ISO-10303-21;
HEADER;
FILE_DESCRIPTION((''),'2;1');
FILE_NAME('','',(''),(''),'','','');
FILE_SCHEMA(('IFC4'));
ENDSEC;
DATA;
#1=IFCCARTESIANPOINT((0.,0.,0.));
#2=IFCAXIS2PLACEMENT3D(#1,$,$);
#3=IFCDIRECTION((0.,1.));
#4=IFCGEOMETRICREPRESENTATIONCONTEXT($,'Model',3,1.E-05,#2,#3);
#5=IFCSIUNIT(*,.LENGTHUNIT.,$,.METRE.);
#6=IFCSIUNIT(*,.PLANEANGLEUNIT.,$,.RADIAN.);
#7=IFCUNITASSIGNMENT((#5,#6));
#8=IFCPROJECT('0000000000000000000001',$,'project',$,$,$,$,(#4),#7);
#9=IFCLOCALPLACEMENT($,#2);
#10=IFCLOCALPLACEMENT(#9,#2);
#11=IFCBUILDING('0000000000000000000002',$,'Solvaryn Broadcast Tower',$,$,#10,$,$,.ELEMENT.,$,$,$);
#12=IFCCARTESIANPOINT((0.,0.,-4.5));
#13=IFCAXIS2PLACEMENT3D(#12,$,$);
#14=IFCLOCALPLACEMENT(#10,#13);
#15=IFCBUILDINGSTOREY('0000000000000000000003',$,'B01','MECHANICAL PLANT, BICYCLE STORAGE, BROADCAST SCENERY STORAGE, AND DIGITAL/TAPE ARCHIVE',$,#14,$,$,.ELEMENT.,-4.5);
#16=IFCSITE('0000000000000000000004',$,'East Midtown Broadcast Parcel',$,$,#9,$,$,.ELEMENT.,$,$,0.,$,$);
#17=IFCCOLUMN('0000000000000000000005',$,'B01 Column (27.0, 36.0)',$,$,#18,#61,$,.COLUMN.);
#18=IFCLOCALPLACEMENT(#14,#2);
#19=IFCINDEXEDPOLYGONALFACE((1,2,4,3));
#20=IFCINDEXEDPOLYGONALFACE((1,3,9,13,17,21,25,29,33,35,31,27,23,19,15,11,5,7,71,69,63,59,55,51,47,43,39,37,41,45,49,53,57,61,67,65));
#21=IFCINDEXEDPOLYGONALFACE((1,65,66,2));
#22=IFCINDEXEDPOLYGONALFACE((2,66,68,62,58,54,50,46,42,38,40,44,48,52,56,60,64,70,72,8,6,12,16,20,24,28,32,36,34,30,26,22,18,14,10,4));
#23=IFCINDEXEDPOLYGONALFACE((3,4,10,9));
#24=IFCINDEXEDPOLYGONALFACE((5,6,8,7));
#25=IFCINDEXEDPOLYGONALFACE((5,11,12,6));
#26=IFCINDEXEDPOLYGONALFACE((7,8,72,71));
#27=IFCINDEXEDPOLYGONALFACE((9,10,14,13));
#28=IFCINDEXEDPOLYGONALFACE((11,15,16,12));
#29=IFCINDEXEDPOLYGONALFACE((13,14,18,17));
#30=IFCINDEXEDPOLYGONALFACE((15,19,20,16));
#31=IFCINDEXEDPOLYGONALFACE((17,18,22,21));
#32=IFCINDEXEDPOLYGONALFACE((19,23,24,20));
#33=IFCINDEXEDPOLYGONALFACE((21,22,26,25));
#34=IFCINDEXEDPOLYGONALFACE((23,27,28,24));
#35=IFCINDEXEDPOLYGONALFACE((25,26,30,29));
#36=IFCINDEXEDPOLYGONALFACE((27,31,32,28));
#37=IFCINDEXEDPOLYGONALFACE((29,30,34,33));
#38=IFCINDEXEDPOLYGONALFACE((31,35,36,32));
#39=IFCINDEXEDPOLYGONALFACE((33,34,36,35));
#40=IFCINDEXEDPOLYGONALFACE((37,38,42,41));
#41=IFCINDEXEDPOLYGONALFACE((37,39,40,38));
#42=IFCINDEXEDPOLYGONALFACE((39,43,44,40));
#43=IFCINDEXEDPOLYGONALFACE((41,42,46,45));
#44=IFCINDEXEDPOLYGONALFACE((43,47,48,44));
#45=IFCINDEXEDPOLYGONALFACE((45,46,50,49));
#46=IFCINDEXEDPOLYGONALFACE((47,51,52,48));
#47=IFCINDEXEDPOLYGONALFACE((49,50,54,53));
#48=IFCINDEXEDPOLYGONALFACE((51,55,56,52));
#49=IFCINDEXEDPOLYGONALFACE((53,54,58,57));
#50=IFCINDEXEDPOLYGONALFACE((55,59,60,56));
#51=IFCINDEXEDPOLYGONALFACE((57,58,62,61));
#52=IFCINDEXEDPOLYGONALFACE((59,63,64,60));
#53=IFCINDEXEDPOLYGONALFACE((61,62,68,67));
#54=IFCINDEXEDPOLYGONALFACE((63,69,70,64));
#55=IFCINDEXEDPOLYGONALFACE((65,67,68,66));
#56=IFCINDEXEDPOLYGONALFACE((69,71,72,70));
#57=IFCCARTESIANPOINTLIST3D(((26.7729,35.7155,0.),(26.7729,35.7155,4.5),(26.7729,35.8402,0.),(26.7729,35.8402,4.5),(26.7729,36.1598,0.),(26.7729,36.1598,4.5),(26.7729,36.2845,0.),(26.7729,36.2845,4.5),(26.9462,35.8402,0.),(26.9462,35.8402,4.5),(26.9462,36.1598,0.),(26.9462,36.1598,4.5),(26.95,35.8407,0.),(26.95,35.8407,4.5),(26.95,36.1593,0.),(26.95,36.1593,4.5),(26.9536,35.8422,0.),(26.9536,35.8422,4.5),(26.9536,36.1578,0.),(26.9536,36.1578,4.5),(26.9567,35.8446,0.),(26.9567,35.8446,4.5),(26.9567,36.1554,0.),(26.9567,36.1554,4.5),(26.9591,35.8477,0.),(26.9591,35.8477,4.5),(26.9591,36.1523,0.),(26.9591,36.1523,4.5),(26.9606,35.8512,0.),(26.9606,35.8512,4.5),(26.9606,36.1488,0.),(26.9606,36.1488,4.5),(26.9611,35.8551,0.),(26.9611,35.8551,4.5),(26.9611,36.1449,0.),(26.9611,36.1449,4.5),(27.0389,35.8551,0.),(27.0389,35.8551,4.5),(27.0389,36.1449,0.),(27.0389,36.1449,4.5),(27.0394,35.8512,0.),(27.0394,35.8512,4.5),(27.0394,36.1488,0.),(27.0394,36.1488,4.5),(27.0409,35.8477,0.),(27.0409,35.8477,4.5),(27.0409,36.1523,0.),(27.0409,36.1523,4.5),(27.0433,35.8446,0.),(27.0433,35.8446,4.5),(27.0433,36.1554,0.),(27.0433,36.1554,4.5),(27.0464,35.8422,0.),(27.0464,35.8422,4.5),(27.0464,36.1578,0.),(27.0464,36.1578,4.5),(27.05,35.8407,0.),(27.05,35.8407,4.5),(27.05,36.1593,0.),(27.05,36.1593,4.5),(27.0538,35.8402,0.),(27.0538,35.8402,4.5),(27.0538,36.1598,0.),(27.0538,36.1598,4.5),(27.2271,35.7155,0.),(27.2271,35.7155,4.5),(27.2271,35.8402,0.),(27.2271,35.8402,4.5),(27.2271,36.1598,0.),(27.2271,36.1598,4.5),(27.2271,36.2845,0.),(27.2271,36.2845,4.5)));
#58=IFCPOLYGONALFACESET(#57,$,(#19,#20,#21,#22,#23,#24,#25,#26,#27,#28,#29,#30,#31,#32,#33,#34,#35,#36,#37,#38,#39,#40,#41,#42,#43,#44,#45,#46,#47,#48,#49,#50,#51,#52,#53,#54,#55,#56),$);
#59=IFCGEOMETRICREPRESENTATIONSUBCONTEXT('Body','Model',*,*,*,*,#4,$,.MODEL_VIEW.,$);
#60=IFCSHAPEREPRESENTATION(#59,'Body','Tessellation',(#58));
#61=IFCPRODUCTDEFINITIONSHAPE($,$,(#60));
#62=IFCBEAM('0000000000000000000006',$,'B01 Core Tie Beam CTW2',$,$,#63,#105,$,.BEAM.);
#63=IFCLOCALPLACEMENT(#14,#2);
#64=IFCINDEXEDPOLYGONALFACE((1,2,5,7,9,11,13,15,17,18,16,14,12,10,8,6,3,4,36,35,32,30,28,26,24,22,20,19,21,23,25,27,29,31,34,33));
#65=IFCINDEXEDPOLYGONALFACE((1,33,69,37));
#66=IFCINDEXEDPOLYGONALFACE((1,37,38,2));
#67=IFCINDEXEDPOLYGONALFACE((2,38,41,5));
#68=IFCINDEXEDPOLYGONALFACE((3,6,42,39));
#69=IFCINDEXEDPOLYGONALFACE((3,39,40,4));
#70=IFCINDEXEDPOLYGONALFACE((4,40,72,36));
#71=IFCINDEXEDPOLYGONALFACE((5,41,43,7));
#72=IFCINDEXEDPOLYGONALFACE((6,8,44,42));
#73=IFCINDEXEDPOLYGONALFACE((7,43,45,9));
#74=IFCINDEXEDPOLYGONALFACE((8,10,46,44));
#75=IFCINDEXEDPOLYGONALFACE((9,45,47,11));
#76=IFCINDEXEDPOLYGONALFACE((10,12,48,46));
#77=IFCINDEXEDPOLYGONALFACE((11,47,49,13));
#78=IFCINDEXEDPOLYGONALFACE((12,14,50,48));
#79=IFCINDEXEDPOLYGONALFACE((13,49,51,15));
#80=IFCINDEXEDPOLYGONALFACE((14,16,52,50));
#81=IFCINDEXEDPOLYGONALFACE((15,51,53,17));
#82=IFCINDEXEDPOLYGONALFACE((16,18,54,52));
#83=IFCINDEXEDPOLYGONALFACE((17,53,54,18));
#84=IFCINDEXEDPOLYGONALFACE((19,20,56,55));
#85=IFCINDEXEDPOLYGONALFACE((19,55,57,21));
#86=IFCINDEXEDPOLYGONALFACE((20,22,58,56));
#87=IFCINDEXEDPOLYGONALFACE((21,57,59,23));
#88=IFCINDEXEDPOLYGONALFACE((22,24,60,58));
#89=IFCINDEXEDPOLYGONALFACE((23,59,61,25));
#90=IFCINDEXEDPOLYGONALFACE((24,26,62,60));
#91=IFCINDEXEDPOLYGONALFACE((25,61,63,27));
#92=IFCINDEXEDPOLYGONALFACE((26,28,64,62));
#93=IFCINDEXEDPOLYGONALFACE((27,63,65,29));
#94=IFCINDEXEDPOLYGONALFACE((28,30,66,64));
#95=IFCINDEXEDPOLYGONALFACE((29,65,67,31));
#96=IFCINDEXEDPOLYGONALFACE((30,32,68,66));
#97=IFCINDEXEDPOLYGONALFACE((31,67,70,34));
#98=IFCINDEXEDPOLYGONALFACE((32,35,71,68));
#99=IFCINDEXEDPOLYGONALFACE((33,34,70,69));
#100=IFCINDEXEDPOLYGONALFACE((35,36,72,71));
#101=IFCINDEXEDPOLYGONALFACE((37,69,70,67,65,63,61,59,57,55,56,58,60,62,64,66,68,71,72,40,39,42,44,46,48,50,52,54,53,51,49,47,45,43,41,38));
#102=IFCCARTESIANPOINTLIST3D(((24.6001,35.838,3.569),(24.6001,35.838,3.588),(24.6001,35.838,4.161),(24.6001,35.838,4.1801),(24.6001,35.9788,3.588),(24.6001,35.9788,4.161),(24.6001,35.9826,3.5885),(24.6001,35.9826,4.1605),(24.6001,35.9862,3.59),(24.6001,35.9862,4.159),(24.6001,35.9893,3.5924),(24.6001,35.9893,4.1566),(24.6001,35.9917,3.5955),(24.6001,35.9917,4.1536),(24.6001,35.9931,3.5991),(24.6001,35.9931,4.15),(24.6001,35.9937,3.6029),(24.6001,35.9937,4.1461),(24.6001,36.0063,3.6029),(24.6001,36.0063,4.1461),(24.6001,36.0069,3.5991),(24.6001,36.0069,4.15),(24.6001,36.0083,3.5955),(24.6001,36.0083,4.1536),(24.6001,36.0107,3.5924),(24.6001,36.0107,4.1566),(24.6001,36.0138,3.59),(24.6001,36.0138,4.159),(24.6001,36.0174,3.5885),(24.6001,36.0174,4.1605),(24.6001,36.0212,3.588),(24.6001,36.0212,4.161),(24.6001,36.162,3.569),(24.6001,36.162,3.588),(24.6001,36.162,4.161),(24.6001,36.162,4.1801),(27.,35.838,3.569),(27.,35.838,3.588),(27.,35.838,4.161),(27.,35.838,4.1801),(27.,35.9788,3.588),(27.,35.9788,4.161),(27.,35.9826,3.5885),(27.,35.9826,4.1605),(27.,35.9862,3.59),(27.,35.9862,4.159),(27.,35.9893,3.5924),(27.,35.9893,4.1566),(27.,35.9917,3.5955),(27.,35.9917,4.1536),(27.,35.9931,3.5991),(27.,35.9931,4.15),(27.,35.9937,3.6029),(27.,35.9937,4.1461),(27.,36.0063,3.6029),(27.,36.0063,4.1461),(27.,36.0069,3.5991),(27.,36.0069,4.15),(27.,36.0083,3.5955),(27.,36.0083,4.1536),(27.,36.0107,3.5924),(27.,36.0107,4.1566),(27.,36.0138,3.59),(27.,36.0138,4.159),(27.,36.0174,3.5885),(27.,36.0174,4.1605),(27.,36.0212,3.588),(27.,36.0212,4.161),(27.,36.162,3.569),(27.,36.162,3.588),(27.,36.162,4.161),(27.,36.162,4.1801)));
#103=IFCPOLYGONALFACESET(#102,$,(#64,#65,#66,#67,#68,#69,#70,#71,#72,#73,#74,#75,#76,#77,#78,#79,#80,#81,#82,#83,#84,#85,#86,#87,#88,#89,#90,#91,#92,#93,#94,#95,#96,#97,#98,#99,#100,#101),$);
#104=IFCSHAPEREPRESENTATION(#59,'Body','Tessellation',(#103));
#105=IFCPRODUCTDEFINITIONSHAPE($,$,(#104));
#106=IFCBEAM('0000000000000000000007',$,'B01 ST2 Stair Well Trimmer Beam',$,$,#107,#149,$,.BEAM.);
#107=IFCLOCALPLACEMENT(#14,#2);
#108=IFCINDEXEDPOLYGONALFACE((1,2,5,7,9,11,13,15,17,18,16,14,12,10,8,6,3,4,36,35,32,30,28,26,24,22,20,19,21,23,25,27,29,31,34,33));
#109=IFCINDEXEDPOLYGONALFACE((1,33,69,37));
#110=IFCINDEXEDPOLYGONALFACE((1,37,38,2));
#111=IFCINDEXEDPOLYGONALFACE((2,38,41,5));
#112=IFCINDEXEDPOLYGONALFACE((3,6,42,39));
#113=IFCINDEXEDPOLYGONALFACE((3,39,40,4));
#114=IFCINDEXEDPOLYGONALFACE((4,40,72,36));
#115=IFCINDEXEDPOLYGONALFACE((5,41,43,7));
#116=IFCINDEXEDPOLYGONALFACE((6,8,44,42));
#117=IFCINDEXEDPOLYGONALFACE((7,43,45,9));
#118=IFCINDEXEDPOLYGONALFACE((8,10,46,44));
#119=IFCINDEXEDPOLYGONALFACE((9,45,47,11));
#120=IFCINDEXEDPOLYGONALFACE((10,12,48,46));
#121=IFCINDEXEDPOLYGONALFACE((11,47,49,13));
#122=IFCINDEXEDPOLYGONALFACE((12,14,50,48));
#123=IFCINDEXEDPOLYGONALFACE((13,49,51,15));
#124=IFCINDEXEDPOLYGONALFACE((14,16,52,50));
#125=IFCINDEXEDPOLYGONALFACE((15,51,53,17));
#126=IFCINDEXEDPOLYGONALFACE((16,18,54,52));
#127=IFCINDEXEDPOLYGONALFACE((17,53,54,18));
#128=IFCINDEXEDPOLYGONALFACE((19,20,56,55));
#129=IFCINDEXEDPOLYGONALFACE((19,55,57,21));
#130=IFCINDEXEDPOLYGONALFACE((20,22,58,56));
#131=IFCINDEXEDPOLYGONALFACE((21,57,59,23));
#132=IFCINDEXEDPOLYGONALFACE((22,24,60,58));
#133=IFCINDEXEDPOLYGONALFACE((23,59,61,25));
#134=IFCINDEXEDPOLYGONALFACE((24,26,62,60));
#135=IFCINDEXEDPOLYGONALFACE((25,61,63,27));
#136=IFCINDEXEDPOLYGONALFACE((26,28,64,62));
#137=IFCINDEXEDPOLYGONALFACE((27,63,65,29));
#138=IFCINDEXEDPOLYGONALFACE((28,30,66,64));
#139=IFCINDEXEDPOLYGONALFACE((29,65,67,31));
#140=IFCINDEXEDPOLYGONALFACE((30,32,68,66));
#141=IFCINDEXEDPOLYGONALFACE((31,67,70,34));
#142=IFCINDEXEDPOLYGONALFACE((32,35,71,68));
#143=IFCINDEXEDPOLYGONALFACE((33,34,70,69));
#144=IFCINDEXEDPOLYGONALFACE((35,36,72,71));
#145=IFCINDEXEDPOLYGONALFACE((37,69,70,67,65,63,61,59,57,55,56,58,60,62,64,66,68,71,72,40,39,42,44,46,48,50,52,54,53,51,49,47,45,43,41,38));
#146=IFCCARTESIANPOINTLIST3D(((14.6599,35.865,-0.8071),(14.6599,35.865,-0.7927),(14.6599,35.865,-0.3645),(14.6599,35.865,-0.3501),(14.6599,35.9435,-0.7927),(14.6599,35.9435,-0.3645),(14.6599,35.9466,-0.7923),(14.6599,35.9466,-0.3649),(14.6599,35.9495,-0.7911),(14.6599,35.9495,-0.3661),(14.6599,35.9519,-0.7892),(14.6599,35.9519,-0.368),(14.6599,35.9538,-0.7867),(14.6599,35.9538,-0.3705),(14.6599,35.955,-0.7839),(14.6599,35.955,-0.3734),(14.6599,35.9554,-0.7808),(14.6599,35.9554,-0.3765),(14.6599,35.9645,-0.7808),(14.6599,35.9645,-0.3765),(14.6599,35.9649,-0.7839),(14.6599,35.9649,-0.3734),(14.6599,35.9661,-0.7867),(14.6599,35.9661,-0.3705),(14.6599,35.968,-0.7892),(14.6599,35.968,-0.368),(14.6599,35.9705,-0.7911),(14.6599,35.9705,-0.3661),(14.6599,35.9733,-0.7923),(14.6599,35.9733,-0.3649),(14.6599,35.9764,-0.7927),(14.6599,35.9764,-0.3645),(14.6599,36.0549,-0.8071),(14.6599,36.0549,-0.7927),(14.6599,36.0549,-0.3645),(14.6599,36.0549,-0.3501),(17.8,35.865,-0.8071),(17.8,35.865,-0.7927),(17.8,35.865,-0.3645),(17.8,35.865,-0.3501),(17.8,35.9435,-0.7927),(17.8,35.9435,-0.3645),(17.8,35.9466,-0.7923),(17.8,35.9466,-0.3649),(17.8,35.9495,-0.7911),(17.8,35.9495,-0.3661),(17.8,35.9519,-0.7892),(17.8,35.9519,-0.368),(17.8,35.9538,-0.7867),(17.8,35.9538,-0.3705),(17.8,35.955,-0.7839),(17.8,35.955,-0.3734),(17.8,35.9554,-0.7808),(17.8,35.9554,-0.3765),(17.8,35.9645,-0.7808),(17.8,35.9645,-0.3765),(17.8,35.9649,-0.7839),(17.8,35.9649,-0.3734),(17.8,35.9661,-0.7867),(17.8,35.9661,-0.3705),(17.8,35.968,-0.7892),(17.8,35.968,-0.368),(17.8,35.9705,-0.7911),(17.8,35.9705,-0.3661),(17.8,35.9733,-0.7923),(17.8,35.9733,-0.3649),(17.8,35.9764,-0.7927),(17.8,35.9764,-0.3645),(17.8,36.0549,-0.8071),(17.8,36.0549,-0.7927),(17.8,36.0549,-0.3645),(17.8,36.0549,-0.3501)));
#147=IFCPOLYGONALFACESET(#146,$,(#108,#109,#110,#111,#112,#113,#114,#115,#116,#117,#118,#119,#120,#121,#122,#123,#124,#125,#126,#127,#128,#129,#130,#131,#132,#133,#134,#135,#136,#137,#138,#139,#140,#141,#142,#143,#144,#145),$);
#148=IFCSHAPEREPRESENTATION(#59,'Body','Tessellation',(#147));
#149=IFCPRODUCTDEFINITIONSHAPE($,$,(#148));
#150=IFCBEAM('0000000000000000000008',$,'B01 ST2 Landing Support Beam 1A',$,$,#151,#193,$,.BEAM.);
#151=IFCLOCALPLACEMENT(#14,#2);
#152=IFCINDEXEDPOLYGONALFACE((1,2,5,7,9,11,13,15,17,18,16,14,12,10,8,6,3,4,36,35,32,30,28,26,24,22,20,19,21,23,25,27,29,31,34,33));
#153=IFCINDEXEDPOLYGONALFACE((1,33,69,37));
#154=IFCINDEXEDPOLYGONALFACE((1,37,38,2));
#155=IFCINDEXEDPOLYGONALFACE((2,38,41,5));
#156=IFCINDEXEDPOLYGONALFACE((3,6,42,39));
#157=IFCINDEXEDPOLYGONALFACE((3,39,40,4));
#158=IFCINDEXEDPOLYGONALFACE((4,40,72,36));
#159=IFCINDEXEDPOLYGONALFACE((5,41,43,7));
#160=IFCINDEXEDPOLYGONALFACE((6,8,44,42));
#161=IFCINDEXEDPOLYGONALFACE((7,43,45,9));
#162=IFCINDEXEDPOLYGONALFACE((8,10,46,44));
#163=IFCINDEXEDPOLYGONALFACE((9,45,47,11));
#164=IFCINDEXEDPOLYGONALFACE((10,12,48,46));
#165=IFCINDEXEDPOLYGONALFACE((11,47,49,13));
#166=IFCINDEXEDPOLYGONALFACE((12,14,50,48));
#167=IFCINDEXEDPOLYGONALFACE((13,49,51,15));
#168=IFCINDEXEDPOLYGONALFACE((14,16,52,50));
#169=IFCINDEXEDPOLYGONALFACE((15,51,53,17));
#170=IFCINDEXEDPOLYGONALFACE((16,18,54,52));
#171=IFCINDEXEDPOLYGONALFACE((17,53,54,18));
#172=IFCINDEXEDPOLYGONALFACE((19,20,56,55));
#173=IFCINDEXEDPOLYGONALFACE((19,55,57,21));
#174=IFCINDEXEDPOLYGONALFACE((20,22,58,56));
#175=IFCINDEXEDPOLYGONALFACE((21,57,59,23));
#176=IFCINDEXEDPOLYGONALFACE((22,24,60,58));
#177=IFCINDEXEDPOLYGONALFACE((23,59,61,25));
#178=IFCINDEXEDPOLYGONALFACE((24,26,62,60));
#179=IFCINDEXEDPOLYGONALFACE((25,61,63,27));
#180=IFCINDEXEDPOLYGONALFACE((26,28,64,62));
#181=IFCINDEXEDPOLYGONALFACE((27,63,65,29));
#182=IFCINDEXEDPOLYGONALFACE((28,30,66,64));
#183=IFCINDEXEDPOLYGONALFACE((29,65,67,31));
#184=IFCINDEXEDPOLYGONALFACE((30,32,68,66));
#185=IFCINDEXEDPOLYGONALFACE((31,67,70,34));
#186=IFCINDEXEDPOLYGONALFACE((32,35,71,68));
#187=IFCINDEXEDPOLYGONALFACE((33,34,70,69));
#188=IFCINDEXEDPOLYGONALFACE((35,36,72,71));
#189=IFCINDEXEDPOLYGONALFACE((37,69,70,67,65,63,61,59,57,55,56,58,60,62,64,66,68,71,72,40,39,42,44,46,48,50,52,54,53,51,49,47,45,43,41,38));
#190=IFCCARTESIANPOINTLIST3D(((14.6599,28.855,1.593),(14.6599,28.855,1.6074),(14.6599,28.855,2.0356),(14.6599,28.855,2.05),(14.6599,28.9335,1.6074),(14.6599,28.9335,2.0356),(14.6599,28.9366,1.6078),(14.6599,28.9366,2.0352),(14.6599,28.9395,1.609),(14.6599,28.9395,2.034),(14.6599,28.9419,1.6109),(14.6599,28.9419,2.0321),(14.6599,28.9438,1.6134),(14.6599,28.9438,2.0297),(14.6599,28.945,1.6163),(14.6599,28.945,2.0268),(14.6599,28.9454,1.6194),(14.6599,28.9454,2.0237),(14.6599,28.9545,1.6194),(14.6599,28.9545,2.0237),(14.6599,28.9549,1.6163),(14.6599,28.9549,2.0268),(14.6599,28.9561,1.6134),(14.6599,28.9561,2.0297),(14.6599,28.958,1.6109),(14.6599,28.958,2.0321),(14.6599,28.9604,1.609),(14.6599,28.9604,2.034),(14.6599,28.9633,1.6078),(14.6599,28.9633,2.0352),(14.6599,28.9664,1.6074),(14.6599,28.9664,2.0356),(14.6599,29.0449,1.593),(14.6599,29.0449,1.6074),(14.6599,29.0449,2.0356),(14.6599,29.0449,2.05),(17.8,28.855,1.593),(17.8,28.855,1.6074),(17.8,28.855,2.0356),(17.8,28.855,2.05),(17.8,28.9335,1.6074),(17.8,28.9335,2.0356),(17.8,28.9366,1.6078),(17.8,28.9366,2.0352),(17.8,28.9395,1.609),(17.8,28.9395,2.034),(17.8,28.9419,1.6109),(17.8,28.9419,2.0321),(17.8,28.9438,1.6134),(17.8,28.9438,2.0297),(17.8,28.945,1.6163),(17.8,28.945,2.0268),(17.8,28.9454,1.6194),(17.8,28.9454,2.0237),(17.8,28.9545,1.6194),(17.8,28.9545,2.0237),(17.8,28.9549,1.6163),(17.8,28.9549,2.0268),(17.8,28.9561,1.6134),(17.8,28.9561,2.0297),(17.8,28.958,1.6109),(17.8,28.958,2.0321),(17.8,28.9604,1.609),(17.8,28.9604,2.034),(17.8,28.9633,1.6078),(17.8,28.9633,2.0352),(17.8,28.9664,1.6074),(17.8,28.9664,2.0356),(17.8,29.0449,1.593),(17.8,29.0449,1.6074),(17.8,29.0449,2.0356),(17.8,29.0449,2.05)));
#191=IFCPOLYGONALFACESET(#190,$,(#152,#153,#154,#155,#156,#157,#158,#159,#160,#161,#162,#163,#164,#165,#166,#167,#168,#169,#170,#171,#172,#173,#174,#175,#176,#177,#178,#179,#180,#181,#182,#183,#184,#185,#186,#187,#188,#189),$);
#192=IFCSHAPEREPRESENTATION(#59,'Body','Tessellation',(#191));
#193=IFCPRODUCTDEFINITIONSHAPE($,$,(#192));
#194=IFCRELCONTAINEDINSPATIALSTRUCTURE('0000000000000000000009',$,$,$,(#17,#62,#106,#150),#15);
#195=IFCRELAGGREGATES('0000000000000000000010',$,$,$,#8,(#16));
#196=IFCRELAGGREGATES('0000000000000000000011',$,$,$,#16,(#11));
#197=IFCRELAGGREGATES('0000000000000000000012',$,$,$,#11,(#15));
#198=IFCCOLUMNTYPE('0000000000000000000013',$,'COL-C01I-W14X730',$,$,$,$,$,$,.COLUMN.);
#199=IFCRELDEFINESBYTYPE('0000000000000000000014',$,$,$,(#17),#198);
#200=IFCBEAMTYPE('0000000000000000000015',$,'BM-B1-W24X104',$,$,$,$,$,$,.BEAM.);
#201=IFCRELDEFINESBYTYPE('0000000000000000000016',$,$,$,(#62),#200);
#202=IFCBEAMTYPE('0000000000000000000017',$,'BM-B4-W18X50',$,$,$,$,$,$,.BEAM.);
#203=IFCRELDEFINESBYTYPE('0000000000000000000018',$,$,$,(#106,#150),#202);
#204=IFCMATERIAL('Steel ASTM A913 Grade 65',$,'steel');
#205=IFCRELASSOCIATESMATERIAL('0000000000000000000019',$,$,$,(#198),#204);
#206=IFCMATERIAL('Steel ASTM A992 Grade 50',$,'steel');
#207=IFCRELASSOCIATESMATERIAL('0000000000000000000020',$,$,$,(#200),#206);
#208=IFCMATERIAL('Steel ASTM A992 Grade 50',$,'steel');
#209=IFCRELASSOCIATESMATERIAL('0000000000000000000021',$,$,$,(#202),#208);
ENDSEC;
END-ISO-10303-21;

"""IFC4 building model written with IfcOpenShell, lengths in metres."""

from ifc_helpers import new_model, si_unit, direction, frame, origin, origin_2d, place, context, subcontext, project, spatial, i_section, extrude, material, material_profile, profile_set, type_object, element, save


model = new_model("IFC4")

# Units and contexts
model_context = context("Model", 3, precision=1e-05, world=origin(), true_north=direction((0.0, 1.0)))
body_context = subcontext(model_context, "Body", "Model", "MODEL_VIEW")
ifc_project = project(units=[si_unit("LENGTHUNIT", "METRE"), si_unit("PLANEANGLEUNIT", "RADIAN")], contexts=[model_context])

# Site, building, storey
site_placement = place(None, origin())
site = spatial("IfcSite", under=ifc_project, at=site_placement, Name="East Midtown Broadcast Parcel", CompositionType="ELEMENT", RefElevation=0.0)
building_placement = place(site_placement, origin())
building = spatial("IfcBuilding", under=site, at=building_placement, Name="Solvaryn Broadcast Tower", CompositionType="ELEMENT")
storey_placement = place(building_placement, frame((0.0, 0.0, -4.5)))
storey = spatial("IfcBuildingStorey", under=building, at=storey_placement, Name="B01", Description="MECHANICAL PLANT, BICYCLE STORAGE, BROADCAST SCENERY STORAGE, AND DIGITAL/TAPE ARCHIVE", CompositionType="ELEMENT", Elevation=-4.5)

# Column
ifc_material_1 = material(Name="Steel ASTM A913 Grade 65", Category="steel")
ifc_material_profile_1 = material_profile(ifc_material_1, i_section(OverallWidth=0.4541, OverallDepth=0.5691, WebThickness=0.0779, FlangeThickness=0.1248, FilletRadius=0.0149, at=origin_2d()))
ifc_profile_set_1 = profile_set([ifc_material_profile_1], Name="Steel ASTM A913 Grade 65")
column_type = type_object("IfcColumnType", Name="COL-C01I-W14X730", PredefinedType="COLUMN", material=ifc_profile_set_1)
column_placement = place(storey_placement, frame((27.0, 36.0, 0.0), z_axis=(0.0, 0.0, 1.0), x_axis=(1.0, 0.0, 0.0)))
element("IfcColumn", 1, at=column_placement, inside=storey, type_object=column_type, Name="B01 Column (27.0, 36.0)", PredefinedType="COLUMN", context=body_context, shape_type="SweptSolid", body=[
    extrude(i_section(OverallWidth=0.4541, OverallDepth=0.5691, WebThickness=0.0779, FlangeThickness=0.1248, FilletRadius=0.0149, at=origin_2d()), origin(), (0.0, 0.0, 1.0), 4.5),
])

# Beams
ifc_material_2 = material(Name="Steel ASTM A992 Grade 50", Category="steel")
ifc_material_profile_2 = material_profile(ifc_material_2, i_section(OverallWidth=0.324, OverallDepth=0.6111, WebThickness=0.0127, FlangeThickness=0.019, FilletRadius=0.0149, at=origin_2d()))
ifc_profile_set_2 = profile_set([ifc_material_profile_2], Name="Steel ASTM A992 Grade 50")
beam_type_1 = type_object("IfcBeamType", Name="BM-B1-W24X104", PredefinedType="BEAM", material=ifc_profile_set_2)
beam_1_placement = place(storey_placement, frame((24.6001, 36.0, 3.8745), z_axis=(1.0, 0.0, 0.0), x_axis=(0.0, 1.0, 0.0)))
element("IfcBeam", 2, at=beam_1_placement, inside=storey, type_object=beam_type_1, Name="B01 Core Tie Beam CTW2", PredefinedType="BEAM", context=body_context, shape_type="SweptSolid", body=[
    extrude(i_section(OverallWidth=0.324, OverallDepth=0.6111, WebThickness=0.0127, FlangeThickness=0.019, FilletRadius=0.0149, at=origin_2d()), origin(), (0.0, 0.0, 1.0), 2.3999),
])
ifc_material_3 = material(Name="Steel ASTM A992 Grade 50", Category="steel")
ifc_material_profile_3 = material_profile(ifc_material_3, i_section(OverallWidth=0.1899, OverallDepth=0.457, WebThickness=0.009, FlangeThickness=0.0144, FilletRadius=0.012, at=origin_2d()))
ifc_profile_set_3 = profile_set([ifc_material_profile_3], Name="Steel ASTM A992 Grade 50")
beam_type_2 = type_object("IfcBeamType", Name="BM-B4-W18X50", PredefinedType="BEAM", material=ifc_profile_set_3)
for number, where, z_axis, x_axis, name in (
    (3, (14.6599, 35.96, -0.5786), (1.0, 0.0, 0.0), (0.0, 1.0, 0.0), "B01 ST2 Stair Well Trimmer Beam"),
    (4, (14.6599, 28.95, 1.8215), (1.0, 0.0, 0.0), (0.0, 1.0, 0.0), "B01 ST2 Landing Support Beam 1A"),
):
    element("IfcBeam", number, at=place(storey_placement, frame(where, z_axis=z_axis, x_axis=x_axis)), inside=storey, type_object=beam_type_2, Name=name, PredefinedType="BEAM", context=body_context, shape_type="SweptSolid", body=[
        extrude(i_section(OverallWidth=0.1899, OverallDepth=0.457, WebThickness=0.009, FlangeThickness=0.0144, FilletRadius=0.012, at=origin_2d()), origin(), (0.0, 0.0, 1.0), 3.1401),
    ])

save(model, "model.ifc")
